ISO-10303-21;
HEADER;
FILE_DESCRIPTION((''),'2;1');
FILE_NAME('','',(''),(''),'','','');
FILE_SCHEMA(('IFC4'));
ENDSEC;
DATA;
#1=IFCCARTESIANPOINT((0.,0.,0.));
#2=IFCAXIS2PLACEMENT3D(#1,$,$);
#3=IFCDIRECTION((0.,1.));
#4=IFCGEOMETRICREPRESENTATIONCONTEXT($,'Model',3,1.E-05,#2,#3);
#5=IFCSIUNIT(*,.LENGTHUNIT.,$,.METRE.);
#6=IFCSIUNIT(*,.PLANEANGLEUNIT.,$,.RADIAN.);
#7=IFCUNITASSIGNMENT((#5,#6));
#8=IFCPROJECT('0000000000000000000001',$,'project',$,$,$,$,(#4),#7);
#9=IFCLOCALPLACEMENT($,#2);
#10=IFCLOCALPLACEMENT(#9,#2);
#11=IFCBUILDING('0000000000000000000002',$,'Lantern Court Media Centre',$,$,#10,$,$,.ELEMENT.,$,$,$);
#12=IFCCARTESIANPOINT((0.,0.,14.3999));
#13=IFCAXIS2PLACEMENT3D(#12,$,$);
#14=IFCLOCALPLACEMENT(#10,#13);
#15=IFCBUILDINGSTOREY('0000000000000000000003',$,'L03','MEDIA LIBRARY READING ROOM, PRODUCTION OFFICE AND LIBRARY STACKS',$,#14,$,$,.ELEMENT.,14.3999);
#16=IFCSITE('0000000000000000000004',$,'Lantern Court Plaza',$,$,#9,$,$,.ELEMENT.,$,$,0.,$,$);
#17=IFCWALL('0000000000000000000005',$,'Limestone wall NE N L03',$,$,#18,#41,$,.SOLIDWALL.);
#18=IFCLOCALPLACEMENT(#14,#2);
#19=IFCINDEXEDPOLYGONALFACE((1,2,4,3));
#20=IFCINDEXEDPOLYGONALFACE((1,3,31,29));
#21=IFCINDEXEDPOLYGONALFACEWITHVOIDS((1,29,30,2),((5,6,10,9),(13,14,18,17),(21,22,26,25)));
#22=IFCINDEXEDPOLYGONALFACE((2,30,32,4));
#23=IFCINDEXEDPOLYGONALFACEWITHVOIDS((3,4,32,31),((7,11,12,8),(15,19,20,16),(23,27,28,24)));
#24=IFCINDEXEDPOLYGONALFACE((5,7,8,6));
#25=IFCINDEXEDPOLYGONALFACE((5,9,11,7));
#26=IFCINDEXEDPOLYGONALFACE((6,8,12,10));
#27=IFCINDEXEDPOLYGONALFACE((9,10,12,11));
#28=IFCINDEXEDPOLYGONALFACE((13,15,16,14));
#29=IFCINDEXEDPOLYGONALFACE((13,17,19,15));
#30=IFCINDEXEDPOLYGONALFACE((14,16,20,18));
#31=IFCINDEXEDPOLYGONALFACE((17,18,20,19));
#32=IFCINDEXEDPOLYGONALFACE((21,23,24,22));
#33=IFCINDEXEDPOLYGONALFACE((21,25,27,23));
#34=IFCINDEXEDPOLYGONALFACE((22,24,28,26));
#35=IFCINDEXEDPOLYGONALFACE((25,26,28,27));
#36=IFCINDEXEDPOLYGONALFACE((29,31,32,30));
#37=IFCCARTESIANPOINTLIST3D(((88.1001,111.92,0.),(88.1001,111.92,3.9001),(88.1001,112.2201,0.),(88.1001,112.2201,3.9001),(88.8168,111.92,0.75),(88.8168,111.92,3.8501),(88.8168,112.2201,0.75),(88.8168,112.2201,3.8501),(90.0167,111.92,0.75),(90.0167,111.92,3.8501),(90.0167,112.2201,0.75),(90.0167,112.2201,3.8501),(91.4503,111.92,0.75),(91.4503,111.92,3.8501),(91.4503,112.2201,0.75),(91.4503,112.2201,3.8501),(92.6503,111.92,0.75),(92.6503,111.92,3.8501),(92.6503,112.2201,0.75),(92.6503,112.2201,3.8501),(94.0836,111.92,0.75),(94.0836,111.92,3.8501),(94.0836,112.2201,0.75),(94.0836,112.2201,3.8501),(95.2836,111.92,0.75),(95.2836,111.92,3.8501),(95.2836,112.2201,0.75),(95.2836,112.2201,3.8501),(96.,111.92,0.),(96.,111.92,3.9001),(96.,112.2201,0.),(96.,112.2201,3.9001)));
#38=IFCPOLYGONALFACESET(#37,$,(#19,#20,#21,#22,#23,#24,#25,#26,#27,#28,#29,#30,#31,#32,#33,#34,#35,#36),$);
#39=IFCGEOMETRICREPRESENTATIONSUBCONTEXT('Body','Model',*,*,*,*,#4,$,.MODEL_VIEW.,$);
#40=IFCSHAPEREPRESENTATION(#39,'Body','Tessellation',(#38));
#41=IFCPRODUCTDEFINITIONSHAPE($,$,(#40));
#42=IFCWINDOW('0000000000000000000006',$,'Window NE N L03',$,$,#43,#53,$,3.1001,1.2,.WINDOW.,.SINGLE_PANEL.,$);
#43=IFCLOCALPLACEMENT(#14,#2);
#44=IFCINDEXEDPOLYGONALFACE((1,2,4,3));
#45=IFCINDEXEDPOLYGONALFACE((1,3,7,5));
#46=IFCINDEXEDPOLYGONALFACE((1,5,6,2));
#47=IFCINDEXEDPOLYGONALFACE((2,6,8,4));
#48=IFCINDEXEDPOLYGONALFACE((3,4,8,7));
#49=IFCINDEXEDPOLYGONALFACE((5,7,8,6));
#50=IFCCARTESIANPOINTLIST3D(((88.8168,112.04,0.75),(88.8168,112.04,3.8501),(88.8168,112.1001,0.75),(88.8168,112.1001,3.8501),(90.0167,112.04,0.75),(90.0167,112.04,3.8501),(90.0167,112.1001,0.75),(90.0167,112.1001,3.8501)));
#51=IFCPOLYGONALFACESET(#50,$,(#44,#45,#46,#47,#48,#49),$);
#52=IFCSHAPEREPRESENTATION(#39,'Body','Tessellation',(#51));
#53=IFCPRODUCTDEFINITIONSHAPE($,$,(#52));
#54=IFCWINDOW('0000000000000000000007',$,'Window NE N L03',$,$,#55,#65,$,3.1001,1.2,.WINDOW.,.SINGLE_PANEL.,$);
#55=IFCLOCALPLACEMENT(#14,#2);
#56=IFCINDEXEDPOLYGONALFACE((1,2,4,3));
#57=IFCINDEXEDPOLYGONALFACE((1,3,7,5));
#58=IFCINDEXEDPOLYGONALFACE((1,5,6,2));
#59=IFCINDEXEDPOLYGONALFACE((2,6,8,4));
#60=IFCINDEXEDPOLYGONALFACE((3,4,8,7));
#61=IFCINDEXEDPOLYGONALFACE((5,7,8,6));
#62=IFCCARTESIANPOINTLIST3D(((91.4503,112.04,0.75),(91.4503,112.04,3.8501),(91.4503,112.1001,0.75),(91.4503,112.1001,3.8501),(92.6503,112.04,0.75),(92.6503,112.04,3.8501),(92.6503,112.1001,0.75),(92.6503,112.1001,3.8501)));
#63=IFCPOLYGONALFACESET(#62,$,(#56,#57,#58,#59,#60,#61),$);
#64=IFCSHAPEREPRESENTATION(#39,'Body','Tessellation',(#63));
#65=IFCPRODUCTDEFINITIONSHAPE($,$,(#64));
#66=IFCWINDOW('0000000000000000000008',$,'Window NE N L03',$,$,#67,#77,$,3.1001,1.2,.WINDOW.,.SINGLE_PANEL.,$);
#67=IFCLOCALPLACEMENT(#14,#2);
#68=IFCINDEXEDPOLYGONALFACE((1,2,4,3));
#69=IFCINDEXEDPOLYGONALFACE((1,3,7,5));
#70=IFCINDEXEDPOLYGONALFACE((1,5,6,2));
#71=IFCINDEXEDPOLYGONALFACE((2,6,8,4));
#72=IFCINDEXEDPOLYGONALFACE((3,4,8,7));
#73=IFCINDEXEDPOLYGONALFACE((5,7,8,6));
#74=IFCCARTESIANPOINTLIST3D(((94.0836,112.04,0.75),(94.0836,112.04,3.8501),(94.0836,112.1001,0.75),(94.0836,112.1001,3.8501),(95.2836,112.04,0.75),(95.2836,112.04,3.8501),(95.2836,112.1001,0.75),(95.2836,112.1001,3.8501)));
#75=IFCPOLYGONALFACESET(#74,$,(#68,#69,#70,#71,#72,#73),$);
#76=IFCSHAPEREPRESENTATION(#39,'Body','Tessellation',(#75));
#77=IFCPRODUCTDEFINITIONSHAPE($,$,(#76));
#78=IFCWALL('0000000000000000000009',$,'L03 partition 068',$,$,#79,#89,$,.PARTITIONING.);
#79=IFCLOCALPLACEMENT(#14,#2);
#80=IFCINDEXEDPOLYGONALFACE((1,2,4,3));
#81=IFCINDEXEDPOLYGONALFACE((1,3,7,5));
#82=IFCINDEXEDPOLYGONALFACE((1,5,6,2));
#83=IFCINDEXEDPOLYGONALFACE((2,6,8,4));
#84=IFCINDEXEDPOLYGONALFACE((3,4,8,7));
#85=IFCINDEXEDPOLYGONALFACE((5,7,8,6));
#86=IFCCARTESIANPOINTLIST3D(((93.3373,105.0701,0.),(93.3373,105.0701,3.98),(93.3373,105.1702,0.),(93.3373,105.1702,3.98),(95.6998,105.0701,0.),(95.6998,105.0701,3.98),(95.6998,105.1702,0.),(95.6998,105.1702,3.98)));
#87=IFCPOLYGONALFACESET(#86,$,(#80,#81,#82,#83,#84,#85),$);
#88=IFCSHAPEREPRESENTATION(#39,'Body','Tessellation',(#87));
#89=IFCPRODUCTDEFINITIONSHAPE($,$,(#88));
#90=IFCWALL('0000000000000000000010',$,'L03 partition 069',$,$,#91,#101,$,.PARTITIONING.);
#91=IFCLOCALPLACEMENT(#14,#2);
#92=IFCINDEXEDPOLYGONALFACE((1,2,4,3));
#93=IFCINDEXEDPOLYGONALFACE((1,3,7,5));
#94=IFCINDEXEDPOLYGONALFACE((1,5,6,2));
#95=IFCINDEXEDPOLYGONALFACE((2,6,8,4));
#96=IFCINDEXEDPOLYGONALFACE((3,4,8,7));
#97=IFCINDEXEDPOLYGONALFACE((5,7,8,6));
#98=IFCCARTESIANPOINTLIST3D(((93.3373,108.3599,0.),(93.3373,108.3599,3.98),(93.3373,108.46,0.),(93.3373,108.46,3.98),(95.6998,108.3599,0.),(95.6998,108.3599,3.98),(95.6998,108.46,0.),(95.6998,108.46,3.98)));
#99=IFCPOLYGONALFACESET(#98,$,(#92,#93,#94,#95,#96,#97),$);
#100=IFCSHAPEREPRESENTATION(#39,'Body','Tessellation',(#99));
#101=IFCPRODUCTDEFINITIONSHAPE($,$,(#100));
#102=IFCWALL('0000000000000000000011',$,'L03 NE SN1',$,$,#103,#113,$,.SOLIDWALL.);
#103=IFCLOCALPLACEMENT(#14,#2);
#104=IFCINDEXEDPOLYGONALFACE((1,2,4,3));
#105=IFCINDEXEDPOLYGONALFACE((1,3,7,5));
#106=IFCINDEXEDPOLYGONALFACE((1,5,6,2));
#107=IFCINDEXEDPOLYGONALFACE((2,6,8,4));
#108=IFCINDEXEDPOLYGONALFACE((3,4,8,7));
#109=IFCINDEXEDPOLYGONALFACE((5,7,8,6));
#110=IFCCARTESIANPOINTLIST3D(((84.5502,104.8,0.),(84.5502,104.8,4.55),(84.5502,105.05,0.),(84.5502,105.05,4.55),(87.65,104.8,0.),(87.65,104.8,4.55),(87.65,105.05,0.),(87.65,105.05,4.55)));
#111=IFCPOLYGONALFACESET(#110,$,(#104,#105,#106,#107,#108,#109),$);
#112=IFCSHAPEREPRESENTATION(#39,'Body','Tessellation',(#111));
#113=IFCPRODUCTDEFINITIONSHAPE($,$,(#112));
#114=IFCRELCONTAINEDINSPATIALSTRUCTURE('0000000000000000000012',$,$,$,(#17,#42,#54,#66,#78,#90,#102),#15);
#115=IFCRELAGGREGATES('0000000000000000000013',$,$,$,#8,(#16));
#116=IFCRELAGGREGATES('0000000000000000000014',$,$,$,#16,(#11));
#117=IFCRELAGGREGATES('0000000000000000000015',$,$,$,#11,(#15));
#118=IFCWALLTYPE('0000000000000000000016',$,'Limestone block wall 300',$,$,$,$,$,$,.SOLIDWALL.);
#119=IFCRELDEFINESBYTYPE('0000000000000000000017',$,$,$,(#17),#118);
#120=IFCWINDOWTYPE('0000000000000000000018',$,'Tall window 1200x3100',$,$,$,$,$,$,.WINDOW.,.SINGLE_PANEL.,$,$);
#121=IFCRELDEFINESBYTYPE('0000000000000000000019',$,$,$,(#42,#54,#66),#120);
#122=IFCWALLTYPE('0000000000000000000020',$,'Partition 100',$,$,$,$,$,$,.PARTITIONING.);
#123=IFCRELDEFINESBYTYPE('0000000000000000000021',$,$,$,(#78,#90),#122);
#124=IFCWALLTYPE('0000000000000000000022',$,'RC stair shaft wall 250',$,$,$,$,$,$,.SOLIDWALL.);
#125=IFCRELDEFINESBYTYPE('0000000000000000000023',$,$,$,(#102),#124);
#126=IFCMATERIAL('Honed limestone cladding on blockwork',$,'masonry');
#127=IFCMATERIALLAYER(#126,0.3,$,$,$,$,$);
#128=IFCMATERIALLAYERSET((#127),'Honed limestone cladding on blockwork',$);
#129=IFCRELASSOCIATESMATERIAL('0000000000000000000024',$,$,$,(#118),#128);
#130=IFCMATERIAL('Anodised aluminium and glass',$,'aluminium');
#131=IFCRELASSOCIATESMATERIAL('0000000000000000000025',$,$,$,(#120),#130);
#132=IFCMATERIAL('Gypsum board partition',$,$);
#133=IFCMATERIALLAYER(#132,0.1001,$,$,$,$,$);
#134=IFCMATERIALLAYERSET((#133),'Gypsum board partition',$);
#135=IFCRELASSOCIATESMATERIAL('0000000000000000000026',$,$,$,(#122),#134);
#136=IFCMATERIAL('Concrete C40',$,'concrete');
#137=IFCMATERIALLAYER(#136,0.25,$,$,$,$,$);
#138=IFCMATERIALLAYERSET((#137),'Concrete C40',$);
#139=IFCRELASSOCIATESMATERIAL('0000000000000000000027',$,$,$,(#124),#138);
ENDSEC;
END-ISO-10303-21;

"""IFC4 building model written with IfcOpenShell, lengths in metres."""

from ifc_helpers import new_model, si_unit, direction, frame, frame_2d, origin, place, context, subcontext, project, spatial, rectangle, extrude, material, layer, layer_set, type_object, element, fill, save


model = new_model("IFC4")

# Units and contexts
model_context = context("Model", 3, precision=1e-05, world=origin(), true_north=direction((0.0, 1.0)))
body_context = subcontext(model_context, "Body", "Model", "MODEL_VIEW")
ifc_project = project(units=[si_unit("LENGTHUNIT", "METRE"), si_unit("PLANEANGLEUNIT", "RADIAN")], contexts=[model_context])

# Site, building, storey
site_placement = place(None, origin())
site = spatial("IfcSite", under=ifc_project, at=site_placement, Name="Lantern Court Plaza", CompositionType="ELEMENT", RefElevation=0.0)
building_placement = place(site_placement, origin())
building = spatial("IfcBuilding", under=site, at=building_placement, Name="Lantern Court Media Centre", CompositionType="ELEMENT")
storey_placement = place(building_placement, frame((0.0, 0.0, 14.3999)))
storey = spatial("IfcBuildingStorey", under=building, at=storey_placement, Name="L03", Description="MEDIA LIBRARY READING ROOM, PRODUCTION OFFICE AND LIBRARY STACKS", CompositionType="ELEMENT", Elevation=14.3999)

# Shared definitions
ifc_material_1 = material(Name="Gypsum board partition")

# Shared definitions
ifc_material_2 = material(Name="Concrete C40", Category="concrete")

# Wall, openings, windows
ifc_material_3 = material(Name="Honed limestone cladding on blockwork", Category="masonry")
ifc_layer_1 = layer(ifc_material_3, 0.3)
ifc_layer_set_1 = layer_set([ifc_layer_1], Name="Honed limestone cladding on blockwork")
wall_type_1 = type_object("IfcWallType", Name="Limestone block wall 300", PredefinedType="SOLIDWALL", material=ifc_layer_set_1)
wall_1_placement = place(storey_placement, frame((88.1001, 112.0701, 0.0), z_axis=(0.0, 0.0, 1.0), x_axis=(1.0, 0.0, 0.0)))
wall_1 = element("IfcWall", 1, at=wall_1_placement, inside=storey, type_object=wall_type_1, Name="Limestone wall NE N L03", PredefinedType="SOLIDWALL", context=body_context, shape_type="SweptSolid", body=[
    extrude(rectangle(XDim=7.8999, YDim=0.3, at=frame_2d((3.95, 0.0))), origin(), (0.0, 0.0, 1.0), 3.9001),
])
opening_1_placement = place(wall_1_placement, frame((0.7166, 0.0, 0.75)))
opening_1 = element("IfcOpeningElement", 2, at=opening_1_placement, cuts=wall_1, PredefinedType="OPENING", context=body_context, shape_type="SweptSolid", body=[
    extrude(rectangle(XDim=1.2, YDim=3.1001, at=frame_2d((0.6001, 1.55))), frame((0.0, 0.1599, 0.0), z_axis=(0.0, -1.0, 0.0), x_axis=(1.0, 0.0, 0.0)), (0.0, 0.0, 1.0), 0.3201),
])
opening_2_placement = place(wall_1_placement, frame((3.3501, 0.0, 0.75)))
opening_2 = element("IfcOpeningElement", 3, at=opening_2_placement, cuts=wall_1, PredefinedType="OPENING", context=body_context, shape_type="SweptSolid", body=[
    extrude(rectangle(XDim=1.2, YDim=3.1001, at=frame_2d((0.6001, 1.55))), frame((0.0, 0.1599, 0.0), z_axis=(0.0, -1.0, 0.0), x_axis=(1.0, 0.0, 0.0)), (0.0, 0.0, 1.0), 0.3201),
])
opening_3_placement = place(wall_1_placement, frame((5.9834, 0.0, 0.75)))
opening_3 = element("IfcOpeningElement", 4, at=opening_3_placement, cuts=wall_1, PredefinedType="OPENING", context=body_context, shape_type="SweptSolid", body=[
    extrude(rectangle(XDim=1.2, YDim=3.1001, at=frame_2d((0.6001, 1.55))), frame((0.0, 0.1599, 0.0), z_axis=(0.0, -1.0, 0.0), x_axis=(1.0, 0.0, 0.0)), (0.0, 0.0, 1.0), 0.3201),
])
ifc_material_4 = material(Name="Anodised aluminium and glass", Category="aluminium")
window_type = type_object("IfcWindowType", Name="Tall window 1200x3100", PartitioningType="SINGLE_PANEL", PredefinedType="WINDOW", material=ifc_material_4)
window_1_placement = place(opening_1_placement, origin())
window_1 = element("IfcWindow", 5, at=window_1_placement, inside=storey, type_object=window_type, Name="Window NE N L03", OverallHeight=3.1001, OverallWidth=1.2, PartitioningType="SINGLE_PANEL", PredefinedType="WINDOW", context=body_context, shape_type="SweptSolid", body=[
    extrude(rectangle(XDim=1.2, YDim=3.1001, at=frame_2d((0.6001, 1.55))), frame((0.0, 0.03, 0.0), z_axis=(0.0, -1.0, 0.0), x_axis=(1.0, 0.0, 0.0)), (0.0, 0.0, 1.0), 0.0601),
])
fill(opening_1, window_1)
window_2_placement = place(opening_2_placement, origin())
window_2 = element("IfcWindow", 6, at=window_2_placement, inside=storey, type_object=window_type, Name="Window NE N L03", OverallHeight=3.1001, OverallWidth=1.2, PartitioningType="SINGLE_PANEL", PredefinedType="WINDOW", context=body_context, shape_type="SweptSolid", body=[
    extrude(rectangle(XDim=1.2, YDim=3.1001, at=frame_2d((0.6001, 1.55))), frame((0.0, 0.03, 0.0), z_axis=(0.0, -1.0, 0.0), x_axis=(1.0, 0.0, 0.0)), (0.0, 0.0, 1.0), 0.0601),
])
fill(opening_2, window_2)
window_3_placement = place(opening_3_placement, origin())
window_3 = element("IfcWindow", 7, at=window_3_placement, inside=storey, type_object=window_type, Name="Window NE N L03", OverallHeight=3.1001, OverallWidth=1.2, PartitioningType="SINGLE_PANEL", PredefinedType="WINDOW", context=body_context, shape_type="SweptSolid", body=[
    extrude(rectangle(XDim=1.2, YDim=3.1001, at=frame_2d((0.6001, 1.55))), frame((0.0, 0.03, 0.0), z_axis=(0.0, -1.0, 0.0), x_axis=(1.0, 0.0, 0.0)), (0.0, 0.0, 1.0), 0.0601),
])
fill(opening_3, window_3)

# Walls
ifc_layer_2 = layer(ifc_material_1, 0.1001)
ifc_layer_set_2 = layer_set([ifc_layer_2], Name="Gypsum board partition")
wall_type_2 = type_object("IfcWallType", Name="Partition 100", PredefinedType="PARTITIONING", material=ifc_layer_set_2)
for number, where, z_axis, x_axis, name in (
    (8, (93.3374, 105.1201, 0.0), (0.0, 0.0, 1.0), (1.0, 0.0, 0.0), "L03 partition 068"),
    (9, (93.3374, 108.4099, 0.0), (0.0, 0.0, 1.0), (1.0, 0.0, 0.0), "L03 partition 069"),
):
    element("IfcWall", number, at=place(storey_placement, frame(where, z_axis=z_axis, x_axis=x_axis)), inside=storey, type_object=wall_type_2, Name=name, PredefinedType="PARTITIONING", context=body_context, shape_type="SweptSolid", body=[
        extrude(rectangle(XDim=2.3625, YDim=0.1001, at=frame_2d((1.1812, 0.0))), origin(), (0.0, 0.0, 1.0), 3.98),
    ])
ifc_layer_3 = layer(ifc_material_2, 0.25)
ifc_layer_set_3 = layer_set([ifc_layer_3], Name="Concrete C40")
wall_type_3 = type_object("IfcWallType", Name="RC stair shaft wall 250", PredefinedType="SOLIDWALL", material=ifc_layer_set_3)
wall_2_placement = place(storey_placement, frame((87.6499, 104.925, 0.0), z_axis=(0.0, 0.0, 1.0), x_axis=(-1.0, 0.0, 0.0)))
element("IfcWall", 10, at=wall_2_placement, inside=storey, type_object=wall_type_3, Name="L03 NE SN1", PredefinedType="SOLIDWALL", context=body_context, shape_type="SweptSolid", body=[
    extrude(rectangle(XDim=3.0999, YDim=0.25, at=frame_2d((1.5498, 0.0))), origin(), (0.0, 0.0, 1.0), 4.55),
])

save(model, "model.ifc")
